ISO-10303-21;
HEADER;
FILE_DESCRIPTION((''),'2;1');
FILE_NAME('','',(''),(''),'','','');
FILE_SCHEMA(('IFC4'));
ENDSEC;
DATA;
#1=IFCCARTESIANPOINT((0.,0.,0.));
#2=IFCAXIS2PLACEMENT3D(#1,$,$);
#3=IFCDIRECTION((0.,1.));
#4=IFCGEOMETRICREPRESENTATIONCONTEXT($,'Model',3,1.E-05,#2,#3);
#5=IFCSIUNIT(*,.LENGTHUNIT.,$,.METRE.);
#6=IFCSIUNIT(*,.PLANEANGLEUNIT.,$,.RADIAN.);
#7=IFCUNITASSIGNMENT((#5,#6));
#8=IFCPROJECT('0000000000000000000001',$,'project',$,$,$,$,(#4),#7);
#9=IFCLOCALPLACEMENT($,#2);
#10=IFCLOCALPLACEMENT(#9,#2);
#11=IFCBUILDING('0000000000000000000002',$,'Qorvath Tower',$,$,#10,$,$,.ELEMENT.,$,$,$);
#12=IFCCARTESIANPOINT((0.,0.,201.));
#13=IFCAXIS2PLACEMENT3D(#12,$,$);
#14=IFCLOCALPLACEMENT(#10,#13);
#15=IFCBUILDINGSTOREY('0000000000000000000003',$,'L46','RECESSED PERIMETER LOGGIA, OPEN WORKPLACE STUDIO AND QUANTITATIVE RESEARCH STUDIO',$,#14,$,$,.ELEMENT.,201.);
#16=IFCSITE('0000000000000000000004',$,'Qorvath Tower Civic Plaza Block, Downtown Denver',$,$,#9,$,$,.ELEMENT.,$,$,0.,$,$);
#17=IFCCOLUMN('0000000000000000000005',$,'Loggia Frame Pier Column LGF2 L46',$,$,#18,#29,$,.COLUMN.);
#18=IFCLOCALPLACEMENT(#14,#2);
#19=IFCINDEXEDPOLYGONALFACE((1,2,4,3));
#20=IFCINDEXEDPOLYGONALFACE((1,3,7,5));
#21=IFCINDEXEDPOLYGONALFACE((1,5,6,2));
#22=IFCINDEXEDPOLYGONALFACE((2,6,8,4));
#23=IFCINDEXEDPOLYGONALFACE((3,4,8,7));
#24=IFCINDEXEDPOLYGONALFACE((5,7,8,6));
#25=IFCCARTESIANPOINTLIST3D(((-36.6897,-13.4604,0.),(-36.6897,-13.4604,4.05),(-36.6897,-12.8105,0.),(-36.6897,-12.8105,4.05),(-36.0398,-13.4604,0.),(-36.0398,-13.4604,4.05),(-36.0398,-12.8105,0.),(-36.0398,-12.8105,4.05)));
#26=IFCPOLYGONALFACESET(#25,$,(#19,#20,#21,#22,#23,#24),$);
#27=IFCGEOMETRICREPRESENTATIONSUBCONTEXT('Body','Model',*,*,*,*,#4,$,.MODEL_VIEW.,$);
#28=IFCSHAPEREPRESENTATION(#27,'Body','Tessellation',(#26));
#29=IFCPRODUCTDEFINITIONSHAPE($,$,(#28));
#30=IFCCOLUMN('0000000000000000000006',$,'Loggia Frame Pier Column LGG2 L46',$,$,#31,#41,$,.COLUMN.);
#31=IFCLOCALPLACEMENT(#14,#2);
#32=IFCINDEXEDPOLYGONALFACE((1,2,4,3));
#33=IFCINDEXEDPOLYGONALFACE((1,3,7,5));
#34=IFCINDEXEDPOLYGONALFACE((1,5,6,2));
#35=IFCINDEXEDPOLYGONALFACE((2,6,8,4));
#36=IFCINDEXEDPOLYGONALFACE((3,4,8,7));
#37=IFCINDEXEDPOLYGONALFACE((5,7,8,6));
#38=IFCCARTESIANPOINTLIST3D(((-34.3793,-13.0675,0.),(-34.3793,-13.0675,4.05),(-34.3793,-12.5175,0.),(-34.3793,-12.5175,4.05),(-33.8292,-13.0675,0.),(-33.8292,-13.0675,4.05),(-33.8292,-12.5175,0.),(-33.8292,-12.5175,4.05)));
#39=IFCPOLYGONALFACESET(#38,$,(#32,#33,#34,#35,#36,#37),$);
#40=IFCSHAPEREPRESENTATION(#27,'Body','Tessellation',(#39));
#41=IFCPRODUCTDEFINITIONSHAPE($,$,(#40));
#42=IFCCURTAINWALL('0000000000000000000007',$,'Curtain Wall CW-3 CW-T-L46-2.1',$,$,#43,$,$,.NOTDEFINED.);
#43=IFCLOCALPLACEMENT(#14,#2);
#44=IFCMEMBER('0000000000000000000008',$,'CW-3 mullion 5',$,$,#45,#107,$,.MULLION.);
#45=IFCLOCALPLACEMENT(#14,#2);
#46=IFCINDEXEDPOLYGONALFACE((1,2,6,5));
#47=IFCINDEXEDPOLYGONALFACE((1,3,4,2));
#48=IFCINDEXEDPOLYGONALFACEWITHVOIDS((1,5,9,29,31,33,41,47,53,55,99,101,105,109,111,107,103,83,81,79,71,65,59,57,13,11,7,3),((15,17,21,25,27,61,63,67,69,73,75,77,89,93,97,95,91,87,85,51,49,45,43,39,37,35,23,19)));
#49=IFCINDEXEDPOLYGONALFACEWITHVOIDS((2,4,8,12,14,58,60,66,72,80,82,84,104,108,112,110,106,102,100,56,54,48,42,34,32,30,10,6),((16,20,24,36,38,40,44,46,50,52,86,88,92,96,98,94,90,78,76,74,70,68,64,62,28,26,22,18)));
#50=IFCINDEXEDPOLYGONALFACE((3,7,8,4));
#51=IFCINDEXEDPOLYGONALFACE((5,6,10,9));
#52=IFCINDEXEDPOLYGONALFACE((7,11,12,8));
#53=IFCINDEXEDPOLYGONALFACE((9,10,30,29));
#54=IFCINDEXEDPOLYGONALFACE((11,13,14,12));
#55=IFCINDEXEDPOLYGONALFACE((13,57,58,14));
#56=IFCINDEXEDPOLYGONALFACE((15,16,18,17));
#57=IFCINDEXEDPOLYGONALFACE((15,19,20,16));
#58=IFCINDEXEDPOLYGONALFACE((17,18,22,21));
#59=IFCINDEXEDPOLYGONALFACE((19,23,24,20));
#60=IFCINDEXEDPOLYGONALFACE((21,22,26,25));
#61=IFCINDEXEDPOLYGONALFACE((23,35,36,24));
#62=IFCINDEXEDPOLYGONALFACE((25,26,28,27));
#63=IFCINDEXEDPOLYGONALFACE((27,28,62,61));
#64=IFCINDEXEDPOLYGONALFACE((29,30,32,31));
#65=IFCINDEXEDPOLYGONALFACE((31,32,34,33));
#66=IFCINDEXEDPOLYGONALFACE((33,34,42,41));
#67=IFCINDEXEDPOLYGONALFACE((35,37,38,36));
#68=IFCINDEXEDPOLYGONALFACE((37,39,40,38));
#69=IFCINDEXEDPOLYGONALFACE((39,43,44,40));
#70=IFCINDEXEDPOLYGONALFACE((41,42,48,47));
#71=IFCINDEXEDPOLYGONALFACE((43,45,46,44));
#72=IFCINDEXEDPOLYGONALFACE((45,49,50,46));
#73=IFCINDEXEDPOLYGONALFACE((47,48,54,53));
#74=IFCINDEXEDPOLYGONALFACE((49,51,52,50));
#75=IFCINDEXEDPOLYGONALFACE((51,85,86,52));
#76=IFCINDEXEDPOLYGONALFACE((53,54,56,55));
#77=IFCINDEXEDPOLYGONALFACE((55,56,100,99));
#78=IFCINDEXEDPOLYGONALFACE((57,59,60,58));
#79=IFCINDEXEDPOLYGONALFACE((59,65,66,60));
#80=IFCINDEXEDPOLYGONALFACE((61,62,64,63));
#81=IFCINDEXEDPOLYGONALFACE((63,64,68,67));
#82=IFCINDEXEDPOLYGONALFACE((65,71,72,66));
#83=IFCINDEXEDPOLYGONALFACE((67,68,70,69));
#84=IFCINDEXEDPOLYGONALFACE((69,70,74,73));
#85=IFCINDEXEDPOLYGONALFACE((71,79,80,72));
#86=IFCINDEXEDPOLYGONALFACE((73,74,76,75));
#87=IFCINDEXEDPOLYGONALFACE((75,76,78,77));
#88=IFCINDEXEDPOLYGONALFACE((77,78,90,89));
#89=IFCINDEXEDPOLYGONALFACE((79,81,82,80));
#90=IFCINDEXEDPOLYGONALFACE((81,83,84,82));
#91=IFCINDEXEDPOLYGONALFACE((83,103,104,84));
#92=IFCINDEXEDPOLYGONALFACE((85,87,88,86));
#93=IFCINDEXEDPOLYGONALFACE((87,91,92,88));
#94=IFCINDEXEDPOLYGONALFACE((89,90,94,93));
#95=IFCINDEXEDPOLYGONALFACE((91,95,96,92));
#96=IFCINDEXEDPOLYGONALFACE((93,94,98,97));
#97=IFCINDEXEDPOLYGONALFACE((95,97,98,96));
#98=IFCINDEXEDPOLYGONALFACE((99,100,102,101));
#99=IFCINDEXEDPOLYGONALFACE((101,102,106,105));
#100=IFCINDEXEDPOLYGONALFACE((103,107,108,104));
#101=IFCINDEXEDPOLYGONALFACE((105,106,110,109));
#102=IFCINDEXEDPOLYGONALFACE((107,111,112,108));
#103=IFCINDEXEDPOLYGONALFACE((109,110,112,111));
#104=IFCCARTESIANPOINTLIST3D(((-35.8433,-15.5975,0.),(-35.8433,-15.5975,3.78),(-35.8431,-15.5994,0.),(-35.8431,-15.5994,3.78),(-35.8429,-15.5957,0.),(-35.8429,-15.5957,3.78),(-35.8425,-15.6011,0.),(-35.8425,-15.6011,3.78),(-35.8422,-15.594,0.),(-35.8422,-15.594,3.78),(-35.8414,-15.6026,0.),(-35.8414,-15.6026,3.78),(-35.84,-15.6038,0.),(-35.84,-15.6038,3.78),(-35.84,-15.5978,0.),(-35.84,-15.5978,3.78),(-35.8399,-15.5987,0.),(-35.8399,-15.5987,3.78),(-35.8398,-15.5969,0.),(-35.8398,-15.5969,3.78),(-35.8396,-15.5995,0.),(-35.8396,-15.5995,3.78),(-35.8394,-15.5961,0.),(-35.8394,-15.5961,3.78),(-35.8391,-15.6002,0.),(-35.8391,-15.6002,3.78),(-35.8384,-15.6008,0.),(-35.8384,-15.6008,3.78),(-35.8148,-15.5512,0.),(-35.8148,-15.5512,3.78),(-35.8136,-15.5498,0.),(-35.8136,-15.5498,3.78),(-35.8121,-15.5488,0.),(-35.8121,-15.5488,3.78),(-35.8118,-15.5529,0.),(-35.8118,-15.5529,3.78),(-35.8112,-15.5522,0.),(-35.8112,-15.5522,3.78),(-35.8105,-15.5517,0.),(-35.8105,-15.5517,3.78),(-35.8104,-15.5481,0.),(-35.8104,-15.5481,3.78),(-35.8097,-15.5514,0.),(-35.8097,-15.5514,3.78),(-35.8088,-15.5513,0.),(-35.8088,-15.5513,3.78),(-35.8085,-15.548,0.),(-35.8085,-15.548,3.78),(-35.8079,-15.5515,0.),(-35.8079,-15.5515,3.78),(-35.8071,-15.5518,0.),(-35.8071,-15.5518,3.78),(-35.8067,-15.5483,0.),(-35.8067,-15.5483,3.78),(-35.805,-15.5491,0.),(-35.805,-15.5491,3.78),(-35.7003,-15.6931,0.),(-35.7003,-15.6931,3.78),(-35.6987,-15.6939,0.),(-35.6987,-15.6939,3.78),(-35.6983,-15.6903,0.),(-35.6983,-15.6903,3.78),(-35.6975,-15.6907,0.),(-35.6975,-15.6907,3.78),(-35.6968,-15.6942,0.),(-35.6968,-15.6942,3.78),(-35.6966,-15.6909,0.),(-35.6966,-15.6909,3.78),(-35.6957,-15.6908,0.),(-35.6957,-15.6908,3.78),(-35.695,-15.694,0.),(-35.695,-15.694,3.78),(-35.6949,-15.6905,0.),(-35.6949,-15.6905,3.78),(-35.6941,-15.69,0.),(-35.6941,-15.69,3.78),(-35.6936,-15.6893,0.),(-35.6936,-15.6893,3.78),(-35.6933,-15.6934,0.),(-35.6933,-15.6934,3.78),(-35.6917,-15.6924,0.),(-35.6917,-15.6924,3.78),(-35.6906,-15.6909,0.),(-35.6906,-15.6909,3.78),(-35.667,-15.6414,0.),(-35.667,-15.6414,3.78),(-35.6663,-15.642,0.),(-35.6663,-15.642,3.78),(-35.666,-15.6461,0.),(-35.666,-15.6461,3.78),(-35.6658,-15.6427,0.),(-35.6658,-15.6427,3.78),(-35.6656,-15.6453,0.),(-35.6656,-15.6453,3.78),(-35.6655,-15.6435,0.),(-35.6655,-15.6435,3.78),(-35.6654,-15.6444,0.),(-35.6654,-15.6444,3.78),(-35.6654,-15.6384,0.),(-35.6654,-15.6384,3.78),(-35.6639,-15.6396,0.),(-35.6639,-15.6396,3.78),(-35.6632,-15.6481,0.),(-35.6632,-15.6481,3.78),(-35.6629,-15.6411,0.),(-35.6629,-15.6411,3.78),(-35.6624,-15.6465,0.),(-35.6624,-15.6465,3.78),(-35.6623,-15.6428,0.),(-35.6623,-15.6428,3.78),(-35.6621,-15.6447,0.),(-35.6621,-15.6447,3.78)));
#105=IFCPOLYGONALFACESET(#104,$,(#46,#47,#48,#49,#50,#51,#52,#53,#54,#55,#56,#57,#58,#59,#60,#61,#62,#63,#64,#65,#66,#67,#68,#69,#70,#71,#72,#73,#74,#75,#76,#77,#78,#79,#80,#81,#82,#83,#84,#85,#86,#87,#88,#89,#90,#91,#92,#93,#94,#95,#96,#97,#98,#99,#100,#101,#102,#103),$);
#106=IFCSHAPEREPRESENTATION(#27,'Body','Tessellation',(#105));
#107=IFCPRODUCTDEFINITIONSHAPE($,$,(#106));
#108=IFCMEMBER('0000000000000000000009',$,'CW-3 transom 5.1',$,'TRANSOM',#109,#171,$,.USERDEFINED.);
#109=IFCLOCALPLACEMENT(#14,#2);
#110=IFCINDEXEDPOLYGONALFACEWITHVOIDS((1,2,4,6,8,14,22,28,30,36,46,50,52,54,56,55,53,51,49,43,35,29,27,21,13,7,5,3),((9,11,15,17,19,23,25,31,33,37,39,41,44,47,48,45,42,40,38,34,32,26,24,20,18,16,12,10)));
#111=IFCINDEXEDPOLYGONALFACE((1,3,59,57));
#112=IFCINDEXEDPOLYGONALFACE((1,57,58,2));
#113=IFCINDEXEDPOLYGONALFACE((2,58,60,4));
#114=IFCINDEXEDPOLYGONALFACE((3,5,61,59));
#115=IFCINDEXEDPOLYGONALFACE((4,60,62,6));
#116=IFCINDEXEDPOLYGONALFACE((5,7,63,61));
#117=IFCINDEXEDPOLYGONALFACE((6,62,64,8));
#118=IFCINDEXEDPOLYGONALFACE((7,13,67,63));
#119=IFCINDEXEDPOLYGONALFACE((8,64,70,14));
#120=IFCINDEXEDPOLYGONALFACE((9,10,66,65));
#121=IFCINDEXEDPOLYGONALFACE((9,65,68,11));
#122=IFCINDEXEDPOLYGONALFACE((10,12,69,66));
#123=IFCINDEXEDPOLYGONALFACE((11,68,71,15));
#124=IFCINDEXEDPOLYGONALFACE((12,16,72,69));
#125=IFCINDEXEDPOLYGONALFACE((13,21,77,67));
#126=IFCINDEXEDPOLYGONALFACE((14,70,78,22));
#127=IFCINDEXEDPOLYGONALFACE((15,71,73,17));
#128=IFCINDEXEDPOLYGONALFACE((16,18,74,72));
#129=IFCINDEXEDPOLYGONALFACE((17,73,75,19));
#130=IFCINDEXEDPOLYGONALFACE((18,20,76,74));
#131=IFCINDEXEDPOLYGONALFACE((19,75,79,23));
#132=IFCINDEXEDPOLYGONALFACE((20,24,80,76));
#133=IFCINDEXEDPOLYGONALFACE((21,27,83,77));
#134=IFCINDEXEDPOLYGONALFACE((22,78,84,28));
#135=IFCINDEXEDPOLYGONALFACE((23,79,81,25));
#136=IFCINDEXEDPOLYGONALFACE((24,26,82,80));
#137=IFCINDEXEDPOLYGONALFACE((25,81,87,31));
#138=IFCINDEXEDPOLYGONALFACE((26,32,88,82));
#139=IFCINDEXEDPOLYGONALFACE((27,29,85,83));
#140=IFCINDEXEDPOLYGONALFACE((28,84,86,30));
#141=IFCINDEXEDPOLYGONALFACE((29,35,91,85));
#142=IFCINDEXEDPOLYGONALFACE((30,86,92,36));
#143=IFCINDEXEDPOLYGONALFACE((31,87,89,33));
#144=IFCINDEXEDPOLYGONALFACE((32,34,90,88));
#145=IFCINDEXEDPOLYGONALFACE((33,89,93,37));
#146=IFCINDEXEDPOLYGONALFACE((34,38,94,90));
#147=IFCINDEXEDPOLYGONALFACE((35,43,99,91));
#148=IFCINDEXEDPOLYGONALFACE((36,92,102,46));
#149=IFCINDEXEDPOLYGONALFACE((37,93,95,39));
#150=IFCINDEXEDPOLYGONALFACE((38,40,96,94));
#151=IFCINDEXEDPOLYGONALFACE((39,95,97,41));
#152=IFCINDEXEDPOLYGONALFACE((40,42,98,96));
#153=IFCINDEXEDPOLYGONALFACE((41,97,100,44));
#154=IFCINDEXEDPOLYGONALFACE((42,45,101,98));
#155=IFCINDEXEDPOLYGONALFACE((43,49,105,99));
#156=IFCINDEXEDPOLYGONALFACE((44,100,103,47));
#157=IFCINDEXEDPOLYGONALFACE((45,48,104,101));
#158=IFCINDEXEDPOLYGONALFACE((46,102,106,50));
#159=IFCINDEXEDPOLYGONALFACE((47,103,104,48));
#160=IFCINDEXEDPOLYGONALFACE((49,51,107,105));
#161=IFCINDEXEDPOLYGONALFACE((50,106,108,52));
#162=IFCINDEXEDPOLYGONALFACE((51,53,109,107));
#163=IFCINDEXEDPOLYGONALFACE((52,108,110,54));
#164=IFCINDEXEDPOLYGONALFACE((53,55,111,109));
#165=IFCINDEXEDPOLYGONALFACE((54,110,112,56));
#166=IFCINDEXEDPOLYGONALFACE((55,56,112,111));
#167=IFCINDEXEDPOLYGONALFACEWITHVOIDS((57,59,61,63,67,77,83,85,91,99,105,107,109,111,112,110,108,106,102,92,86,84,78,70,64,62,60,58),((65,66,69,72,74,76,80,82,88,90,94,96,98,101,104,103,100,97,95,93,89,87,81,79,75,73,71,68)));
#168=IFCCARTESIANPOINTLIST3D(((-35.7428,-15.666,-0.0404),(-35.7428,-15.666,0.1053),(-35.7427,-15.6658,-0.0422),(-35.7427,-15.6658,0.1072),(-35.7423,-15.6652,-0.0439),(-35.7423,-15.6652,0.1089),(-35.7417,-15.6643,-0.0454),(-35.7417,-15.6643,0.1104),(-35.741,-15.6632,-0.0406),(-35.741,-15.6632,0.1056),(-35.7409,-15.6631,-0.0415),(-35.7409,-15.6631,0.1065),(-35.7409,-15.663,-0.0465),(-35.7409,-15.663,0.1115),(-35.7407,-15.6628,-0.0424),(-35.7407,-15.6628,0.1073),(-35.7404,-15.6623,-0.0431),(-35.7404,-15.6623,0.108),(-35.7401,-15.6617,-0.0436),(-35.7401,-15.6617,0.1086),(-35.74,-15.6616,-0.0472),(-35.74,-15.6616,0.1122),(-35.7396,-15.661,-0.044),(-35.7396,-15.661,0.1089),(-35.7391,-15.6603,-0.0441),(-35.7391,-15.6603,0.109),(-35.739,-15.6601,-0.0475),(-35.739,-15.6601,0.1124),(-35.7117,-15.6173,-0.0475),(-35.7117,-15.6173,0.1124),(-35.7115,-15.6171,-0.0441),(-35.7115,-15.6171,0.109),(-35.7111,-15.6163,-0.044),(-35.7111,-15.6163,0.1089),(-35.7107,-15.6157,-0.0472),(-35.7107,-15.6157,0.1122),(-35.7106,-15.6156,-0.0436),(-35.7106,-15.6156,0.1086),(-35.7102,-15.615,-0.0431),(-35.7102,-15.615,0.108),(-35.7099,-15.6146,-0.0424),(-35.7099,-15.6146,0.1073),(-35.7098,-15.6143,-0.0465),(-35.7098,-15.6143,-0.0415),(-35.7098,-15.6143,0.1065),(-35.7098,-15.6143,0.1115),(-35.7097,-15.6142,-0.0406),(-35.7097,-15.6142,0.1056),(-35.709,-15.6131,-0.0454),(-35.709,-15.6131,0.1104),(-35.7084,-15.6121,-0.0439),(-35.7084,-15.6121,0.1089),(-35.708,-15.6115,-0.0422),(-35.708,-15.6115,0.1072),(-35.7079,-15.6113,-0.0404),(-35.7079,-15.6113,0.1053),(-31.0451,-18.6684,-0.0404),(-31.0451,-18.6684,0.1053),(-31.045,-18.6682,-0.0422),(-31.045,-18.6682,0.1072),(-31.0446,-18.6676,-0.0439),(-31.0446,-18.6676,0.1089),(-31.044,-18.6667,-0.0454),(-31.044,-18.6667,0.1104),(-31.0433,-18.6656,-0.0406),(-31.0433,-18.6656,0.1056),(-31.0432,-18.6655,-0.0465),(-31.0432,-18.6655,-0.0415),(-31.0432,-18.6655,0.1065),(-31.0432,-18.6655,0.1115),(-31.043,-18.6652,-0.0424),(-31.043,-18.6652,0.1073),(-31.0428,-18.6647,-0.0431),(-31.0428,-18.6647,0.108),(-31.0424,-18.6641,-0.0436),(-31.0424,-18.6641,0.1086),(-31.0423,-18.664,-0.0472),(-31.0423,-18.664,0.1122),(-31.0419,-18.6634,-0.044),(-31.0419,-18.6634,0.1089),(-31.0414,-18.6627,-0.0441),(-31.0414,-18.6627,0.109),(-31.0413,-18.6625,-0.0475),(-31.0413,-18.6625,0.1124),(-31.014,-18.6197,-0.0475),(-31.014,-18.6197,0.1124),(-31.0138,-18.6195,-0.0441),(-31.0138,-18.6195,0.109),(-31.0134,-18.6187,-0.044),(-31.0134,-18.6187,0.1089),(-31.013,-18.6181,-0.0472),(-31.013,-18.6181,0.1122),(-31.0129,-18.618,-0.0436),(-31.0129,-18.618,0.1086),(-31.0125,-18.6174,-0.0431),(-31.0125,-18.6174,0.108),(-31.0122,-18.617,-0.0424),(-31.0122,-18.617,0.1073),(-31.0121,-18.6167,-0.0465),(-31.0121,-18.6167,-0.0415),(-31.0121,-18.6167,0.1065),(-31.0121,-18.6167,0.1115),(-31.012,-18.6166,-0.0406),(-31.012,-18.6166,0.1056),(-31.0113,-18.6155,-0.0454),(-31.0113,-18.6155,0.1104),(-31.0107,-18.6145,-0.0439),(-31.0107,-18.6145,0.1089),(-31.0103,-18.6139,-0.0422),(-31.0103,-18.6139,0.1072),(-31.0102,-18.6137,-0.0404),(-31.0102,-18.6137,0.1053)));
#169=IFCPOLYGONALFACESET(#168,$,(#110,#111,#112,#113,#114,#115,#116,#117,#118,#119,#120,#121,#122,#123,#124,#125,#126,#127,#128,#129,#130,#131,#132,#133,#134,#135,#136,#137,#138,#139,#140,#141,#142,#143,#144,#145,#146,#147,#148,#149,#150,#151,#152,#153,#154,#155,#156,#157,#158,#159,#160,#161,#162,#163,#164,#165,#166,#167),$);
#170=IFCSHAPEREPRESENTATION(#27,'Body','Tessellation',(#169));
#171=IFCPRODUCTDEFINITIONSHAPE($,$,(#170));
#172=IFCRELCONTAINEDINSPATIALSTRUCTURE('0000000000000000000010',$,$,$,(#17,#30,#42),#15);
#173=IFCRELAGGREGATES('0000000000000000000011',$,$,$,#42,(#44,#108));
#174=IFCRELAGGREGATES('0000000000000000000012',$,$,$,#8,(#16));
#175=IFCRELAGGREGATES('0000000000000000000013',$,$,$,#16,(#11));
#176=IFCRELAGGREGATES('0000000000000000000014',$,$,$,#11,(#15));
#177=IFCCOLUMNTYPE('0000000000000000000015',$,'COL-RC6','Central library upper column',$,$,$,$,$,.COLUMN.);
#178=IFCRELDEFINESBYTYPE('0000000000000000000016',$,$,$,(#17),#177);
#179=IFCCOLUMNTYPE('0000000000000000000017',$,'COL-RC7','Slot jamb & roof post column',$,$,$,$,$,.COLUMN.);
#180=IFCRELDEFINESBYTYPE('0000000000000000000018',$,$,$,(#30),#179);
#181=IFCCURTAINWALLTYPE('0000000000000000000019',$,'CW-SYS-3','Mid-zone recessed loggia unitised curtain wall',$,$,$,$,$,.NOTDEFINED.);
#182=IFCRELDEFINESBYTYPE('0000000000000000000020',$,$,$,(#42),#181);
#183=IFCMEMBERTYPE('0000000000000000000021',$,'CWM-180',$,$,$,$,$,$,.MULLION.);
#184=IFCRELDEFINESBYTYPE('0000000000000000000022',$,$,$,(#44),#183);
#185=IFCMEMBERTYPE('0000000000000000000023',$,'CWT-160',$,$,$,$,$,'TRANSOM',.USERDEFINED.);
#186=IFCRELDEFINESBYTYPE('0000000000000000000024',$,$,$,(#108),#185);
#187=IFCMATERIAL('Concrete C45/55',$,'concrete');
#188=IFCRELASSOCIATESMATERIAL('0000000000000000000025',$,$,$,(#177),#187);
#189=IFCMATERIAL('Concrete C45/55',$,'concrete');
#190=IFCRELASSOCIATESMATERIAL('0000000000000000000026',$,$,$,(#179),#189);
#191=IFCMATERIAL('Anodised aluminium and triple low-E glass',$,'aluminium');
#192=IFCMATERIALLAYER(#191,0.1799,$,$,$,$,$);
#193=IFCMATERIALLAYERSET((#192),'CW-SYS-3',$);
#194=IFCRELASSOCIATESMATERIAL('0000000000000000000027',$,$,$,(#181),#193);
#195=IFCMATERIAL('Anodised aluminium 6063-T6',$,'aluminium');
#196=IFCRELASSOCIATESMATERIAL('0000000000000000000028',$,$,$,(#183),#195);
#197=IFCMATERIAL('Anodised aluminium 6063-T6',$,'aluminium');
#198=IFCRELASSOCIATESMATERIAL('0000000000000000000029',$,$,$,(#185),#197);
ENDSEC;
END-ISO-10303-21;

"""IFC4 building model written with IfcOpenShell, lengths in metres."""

from ifc_helpers import new_model, si_unit, direction, frame, origin, origin_2d, place, context, subcontext, project, spatial, rectangle, hollow_rectangle, extrude, material, layer, layer_set, material_profile, profile_set, type_object, element, aggregate, save


model = new_model("IFC4")

# Units and contexts
model_context = context("Model", 3, precision=1e-05, world=origin(), true_north=direction((0.0, 1.0)))
body_context = subcontext(model_context, "Body", "Model", "MODEL_VIEW")
ifc_project = project(units=[si_unit("LENGTHUNIT", "METRE"), si_unit("PLANEANGLEUNIT", "RADIAN")], contexts=[model_context])

# Site, building, storey
site_placement = place(None, origin())
site = spatial("IfcSite", under=ifc_project, at=site_placement, Name="Qorvath Tower Civic Plaza Block, Downtown Denver", CompositionType="ELEMENT", RefElevation=0.0)
building_placement = place(site_placement, origin())
building = spatial("IfcBuilding", under=site, at=building_placement, Name="Qorvath Tower", CompositionType="ELEMENT")
storey_placement = place(building_placement, frame((0.0, 0.0, 201.0)))
storey = spatial("IfcBuildingStorey", under=building, at=storey_placement, Name="L46", Description="RECESSED PERIMETER LOGGIA, OPEN WORKPLACE STUDIO AND QUANTITATIVE RESEARCH STUDIO", CompositionType="ELEMENT", Elevation=201.0)

# Columns
ifc_material_1 = material(Name="Concrete C45/55", Category="concrete")
ifc_material_profile_1 = material_profile(ifc_material_1, rectangle(XDim=0.6499, YDim=0.6499, at=origin_2d()), Name="RC 650x650")
ifc_profile_set_1 = profile_set([ifc_material_profile_1], Name="Concrete C45/55")
column_type_1 = type_object("IfcColumnType", Name="COL-RC6", Description="Central library upper column", PredefinedType="COLUMN", material=ifc_profile_set_1)
column_1_placement = place(storey_placement, frame((-36.3647, -13.1355, 0.0), z_axis=(0.0, 0.0, 1.0), x_axis=(1.0, 0.0, 0.0)))
element("IfcColumn", 1, at=column_1_placement, inside=storey, type_object=column_type_1, Name="Loggia Frame Pier Column LGF2 L46", PredefinedType="COLUMN", context=body_context, shape_type="SweptSolid", body=[
    extrude(rectangle(XDim=0.6499, YDim=0.6499, at=origin_2d()), origin(), (0.0, 0.0, 1.0), 4.05),
])
ifc_material_2 = material(Name="Concrete C45/55", Category="concrete")
ifc_material_profile_2 = material_profile(ifc_material_2, rectangle(XDim=0.55, YDim=0.55, at=origin_2d()), Name="RC 550x550")
ifc_profile_set_2 = profile_set([ifc_material_profile_2], Name="Concrete C45/55")
column_type_2 = type_object("IfcColumnType", Name="COL-RC7", Description="Slot jamb & roof post column", PredefinedType="COLUMN", material=ifc_profile_set_2)
column_2_placement = place(storey_placement, frame((-34.1042, -12.7925, 0.0), z_axis=(0.0, 0.0, 1.0), x_axis=(1.0, 0.0, 0.0)))
element("IfcColumn", 2, at=column_2_placement, inside=storey, type_object=column_type_2, Name="Loggia Frame Pier Column LGG2 L46", PredefinedType="COLUMN", context=body_context, shape_type="SweptSolid", body=[
    extrude(rectangle(XDim=0.55, YDim=0.55, at=origin_2d()), origin(), (0.0, 0.0, 1.0), 4.05),
])

# Curtain wall, members
ifc_material_3 = material(Name="Anodised aluminium and triple low-E glass", Category="aluminium")
ifc_layer_1 = layer(ifc_material_3, 0.1799)
ifc_layer_set_1 = layer_set([ifc_layer_1], Name="CW-SYS-3")
curtain_wall_type = type_object("IfcCurtainWallType", Name="CW-SYS-3", Description="Mid-zone recessed loggia unitised curtain wall", PredefinedType="NOTDEFINED", material=ifc_layer_set_1)
curtain_wall_placement = place(storey_placement, origin())
curtain_wall = element("IfcCurtainWall", 3, at=curtain_wall_placement, inside=storey, type_object=curtain_wall_type, Name="Curtain Wall CW-3 CW-T-L46-2.1", PredefinedType="NOTDEFINED")
ifc_material_4 = material(Name="Anodised aluminium 6063-T6", Category="aluminium")
ifc_material_profile_3 = material_profile(ifc_material_4, hollow_rectangle(XDim=0.0649, YDim=0.1799, WallThickness=0.0034, InnerFilletRadius=0.0034, OuterFilletRadius=0.0071, at=origin_2d()), Name="CWM 180x65")
ifc_profile_set_3 = profile_set([ifc_material_profile_3], Name="Anodised aluminium 6063-T6")
member_type_1 = type_object("IfcMemberType", Name="CWM-180", PredefinedType="MULLION", material=ifc_profile_set_3)
member_1_placement = place(storey_placement, frame((-35.7527, -15.6211, 0.0), z_axis=(0.0, 0.0, 1.0), x_axis=(0.538534, 0.842604, 0.0)))
member_1 = element("IfcMember", 4, at=member_1_placement, type_object=member_type_1, Name="CW-3 mullion 5", PredefinedType="MULLION", context=body_context, shape_type="SweptSolid", body=[
    extrude(hollow_rectangle(XDim=0.0649, YDim=0.1799, WallThickness=0.0034, InnerFilletRadius=0.0034, OuterFilletRadius=0.0071, at=origin_2d()), origin(), (0.0, 0.0, 1.0), 3.78),
])
ifc_material_5 = material(Name="Anodised aluminium 6063-T6", Category="aluminium")
ifc_material_profile_4 = material_profile(ifc_material_5, hollow_rectangle(XDim=0.0649, YDim=0.1599, WallThickness=0.0034, InnerFilletRadius=0.0034, OuterFilletRadius=0.0071, at=origin_2d()), Name="CWT 160x65")
ifc_profile_set_4 = profile_set([ifc_material_profile_4], Name="Anodised aluminium 6063-T6")
member_type_2 = type_object("IfcMemberType", Name="CWT-160", ElementType="TRANSOM", PredefinedType="USERDEFINED", material=ifc_profile_set_4)
member_2_placement = place(storey_placement, frame((-35.7253, -15.6387, 0.0325), z_axis=(0.842607, -0.538529, 0.0), x_axis=(0.538529, 0.842607, 0.0)))
member_2 = element("IfcMember", 5, at=member_2_placement, type_object=member_type_2, Name="CW-3 transom 5.1", ObjectType="TRANSOM", PredefinedType="USERDEFINED", context=body_context, shape_type="SweptSolid", body=[
    extrude(hollow_rectangle(XDim=0.0649, YDim=0.1599, WallThickness=0.0034, InnerFilletRadius=0.0034, OuterFilletRadius=0.0071, at=origin_2d()), origin(), (0.0, 0.0, 1.0), 5.5752),
])
aggregate(curtain_wall, [member_1, member_2])

save(model, "model.ifc")
